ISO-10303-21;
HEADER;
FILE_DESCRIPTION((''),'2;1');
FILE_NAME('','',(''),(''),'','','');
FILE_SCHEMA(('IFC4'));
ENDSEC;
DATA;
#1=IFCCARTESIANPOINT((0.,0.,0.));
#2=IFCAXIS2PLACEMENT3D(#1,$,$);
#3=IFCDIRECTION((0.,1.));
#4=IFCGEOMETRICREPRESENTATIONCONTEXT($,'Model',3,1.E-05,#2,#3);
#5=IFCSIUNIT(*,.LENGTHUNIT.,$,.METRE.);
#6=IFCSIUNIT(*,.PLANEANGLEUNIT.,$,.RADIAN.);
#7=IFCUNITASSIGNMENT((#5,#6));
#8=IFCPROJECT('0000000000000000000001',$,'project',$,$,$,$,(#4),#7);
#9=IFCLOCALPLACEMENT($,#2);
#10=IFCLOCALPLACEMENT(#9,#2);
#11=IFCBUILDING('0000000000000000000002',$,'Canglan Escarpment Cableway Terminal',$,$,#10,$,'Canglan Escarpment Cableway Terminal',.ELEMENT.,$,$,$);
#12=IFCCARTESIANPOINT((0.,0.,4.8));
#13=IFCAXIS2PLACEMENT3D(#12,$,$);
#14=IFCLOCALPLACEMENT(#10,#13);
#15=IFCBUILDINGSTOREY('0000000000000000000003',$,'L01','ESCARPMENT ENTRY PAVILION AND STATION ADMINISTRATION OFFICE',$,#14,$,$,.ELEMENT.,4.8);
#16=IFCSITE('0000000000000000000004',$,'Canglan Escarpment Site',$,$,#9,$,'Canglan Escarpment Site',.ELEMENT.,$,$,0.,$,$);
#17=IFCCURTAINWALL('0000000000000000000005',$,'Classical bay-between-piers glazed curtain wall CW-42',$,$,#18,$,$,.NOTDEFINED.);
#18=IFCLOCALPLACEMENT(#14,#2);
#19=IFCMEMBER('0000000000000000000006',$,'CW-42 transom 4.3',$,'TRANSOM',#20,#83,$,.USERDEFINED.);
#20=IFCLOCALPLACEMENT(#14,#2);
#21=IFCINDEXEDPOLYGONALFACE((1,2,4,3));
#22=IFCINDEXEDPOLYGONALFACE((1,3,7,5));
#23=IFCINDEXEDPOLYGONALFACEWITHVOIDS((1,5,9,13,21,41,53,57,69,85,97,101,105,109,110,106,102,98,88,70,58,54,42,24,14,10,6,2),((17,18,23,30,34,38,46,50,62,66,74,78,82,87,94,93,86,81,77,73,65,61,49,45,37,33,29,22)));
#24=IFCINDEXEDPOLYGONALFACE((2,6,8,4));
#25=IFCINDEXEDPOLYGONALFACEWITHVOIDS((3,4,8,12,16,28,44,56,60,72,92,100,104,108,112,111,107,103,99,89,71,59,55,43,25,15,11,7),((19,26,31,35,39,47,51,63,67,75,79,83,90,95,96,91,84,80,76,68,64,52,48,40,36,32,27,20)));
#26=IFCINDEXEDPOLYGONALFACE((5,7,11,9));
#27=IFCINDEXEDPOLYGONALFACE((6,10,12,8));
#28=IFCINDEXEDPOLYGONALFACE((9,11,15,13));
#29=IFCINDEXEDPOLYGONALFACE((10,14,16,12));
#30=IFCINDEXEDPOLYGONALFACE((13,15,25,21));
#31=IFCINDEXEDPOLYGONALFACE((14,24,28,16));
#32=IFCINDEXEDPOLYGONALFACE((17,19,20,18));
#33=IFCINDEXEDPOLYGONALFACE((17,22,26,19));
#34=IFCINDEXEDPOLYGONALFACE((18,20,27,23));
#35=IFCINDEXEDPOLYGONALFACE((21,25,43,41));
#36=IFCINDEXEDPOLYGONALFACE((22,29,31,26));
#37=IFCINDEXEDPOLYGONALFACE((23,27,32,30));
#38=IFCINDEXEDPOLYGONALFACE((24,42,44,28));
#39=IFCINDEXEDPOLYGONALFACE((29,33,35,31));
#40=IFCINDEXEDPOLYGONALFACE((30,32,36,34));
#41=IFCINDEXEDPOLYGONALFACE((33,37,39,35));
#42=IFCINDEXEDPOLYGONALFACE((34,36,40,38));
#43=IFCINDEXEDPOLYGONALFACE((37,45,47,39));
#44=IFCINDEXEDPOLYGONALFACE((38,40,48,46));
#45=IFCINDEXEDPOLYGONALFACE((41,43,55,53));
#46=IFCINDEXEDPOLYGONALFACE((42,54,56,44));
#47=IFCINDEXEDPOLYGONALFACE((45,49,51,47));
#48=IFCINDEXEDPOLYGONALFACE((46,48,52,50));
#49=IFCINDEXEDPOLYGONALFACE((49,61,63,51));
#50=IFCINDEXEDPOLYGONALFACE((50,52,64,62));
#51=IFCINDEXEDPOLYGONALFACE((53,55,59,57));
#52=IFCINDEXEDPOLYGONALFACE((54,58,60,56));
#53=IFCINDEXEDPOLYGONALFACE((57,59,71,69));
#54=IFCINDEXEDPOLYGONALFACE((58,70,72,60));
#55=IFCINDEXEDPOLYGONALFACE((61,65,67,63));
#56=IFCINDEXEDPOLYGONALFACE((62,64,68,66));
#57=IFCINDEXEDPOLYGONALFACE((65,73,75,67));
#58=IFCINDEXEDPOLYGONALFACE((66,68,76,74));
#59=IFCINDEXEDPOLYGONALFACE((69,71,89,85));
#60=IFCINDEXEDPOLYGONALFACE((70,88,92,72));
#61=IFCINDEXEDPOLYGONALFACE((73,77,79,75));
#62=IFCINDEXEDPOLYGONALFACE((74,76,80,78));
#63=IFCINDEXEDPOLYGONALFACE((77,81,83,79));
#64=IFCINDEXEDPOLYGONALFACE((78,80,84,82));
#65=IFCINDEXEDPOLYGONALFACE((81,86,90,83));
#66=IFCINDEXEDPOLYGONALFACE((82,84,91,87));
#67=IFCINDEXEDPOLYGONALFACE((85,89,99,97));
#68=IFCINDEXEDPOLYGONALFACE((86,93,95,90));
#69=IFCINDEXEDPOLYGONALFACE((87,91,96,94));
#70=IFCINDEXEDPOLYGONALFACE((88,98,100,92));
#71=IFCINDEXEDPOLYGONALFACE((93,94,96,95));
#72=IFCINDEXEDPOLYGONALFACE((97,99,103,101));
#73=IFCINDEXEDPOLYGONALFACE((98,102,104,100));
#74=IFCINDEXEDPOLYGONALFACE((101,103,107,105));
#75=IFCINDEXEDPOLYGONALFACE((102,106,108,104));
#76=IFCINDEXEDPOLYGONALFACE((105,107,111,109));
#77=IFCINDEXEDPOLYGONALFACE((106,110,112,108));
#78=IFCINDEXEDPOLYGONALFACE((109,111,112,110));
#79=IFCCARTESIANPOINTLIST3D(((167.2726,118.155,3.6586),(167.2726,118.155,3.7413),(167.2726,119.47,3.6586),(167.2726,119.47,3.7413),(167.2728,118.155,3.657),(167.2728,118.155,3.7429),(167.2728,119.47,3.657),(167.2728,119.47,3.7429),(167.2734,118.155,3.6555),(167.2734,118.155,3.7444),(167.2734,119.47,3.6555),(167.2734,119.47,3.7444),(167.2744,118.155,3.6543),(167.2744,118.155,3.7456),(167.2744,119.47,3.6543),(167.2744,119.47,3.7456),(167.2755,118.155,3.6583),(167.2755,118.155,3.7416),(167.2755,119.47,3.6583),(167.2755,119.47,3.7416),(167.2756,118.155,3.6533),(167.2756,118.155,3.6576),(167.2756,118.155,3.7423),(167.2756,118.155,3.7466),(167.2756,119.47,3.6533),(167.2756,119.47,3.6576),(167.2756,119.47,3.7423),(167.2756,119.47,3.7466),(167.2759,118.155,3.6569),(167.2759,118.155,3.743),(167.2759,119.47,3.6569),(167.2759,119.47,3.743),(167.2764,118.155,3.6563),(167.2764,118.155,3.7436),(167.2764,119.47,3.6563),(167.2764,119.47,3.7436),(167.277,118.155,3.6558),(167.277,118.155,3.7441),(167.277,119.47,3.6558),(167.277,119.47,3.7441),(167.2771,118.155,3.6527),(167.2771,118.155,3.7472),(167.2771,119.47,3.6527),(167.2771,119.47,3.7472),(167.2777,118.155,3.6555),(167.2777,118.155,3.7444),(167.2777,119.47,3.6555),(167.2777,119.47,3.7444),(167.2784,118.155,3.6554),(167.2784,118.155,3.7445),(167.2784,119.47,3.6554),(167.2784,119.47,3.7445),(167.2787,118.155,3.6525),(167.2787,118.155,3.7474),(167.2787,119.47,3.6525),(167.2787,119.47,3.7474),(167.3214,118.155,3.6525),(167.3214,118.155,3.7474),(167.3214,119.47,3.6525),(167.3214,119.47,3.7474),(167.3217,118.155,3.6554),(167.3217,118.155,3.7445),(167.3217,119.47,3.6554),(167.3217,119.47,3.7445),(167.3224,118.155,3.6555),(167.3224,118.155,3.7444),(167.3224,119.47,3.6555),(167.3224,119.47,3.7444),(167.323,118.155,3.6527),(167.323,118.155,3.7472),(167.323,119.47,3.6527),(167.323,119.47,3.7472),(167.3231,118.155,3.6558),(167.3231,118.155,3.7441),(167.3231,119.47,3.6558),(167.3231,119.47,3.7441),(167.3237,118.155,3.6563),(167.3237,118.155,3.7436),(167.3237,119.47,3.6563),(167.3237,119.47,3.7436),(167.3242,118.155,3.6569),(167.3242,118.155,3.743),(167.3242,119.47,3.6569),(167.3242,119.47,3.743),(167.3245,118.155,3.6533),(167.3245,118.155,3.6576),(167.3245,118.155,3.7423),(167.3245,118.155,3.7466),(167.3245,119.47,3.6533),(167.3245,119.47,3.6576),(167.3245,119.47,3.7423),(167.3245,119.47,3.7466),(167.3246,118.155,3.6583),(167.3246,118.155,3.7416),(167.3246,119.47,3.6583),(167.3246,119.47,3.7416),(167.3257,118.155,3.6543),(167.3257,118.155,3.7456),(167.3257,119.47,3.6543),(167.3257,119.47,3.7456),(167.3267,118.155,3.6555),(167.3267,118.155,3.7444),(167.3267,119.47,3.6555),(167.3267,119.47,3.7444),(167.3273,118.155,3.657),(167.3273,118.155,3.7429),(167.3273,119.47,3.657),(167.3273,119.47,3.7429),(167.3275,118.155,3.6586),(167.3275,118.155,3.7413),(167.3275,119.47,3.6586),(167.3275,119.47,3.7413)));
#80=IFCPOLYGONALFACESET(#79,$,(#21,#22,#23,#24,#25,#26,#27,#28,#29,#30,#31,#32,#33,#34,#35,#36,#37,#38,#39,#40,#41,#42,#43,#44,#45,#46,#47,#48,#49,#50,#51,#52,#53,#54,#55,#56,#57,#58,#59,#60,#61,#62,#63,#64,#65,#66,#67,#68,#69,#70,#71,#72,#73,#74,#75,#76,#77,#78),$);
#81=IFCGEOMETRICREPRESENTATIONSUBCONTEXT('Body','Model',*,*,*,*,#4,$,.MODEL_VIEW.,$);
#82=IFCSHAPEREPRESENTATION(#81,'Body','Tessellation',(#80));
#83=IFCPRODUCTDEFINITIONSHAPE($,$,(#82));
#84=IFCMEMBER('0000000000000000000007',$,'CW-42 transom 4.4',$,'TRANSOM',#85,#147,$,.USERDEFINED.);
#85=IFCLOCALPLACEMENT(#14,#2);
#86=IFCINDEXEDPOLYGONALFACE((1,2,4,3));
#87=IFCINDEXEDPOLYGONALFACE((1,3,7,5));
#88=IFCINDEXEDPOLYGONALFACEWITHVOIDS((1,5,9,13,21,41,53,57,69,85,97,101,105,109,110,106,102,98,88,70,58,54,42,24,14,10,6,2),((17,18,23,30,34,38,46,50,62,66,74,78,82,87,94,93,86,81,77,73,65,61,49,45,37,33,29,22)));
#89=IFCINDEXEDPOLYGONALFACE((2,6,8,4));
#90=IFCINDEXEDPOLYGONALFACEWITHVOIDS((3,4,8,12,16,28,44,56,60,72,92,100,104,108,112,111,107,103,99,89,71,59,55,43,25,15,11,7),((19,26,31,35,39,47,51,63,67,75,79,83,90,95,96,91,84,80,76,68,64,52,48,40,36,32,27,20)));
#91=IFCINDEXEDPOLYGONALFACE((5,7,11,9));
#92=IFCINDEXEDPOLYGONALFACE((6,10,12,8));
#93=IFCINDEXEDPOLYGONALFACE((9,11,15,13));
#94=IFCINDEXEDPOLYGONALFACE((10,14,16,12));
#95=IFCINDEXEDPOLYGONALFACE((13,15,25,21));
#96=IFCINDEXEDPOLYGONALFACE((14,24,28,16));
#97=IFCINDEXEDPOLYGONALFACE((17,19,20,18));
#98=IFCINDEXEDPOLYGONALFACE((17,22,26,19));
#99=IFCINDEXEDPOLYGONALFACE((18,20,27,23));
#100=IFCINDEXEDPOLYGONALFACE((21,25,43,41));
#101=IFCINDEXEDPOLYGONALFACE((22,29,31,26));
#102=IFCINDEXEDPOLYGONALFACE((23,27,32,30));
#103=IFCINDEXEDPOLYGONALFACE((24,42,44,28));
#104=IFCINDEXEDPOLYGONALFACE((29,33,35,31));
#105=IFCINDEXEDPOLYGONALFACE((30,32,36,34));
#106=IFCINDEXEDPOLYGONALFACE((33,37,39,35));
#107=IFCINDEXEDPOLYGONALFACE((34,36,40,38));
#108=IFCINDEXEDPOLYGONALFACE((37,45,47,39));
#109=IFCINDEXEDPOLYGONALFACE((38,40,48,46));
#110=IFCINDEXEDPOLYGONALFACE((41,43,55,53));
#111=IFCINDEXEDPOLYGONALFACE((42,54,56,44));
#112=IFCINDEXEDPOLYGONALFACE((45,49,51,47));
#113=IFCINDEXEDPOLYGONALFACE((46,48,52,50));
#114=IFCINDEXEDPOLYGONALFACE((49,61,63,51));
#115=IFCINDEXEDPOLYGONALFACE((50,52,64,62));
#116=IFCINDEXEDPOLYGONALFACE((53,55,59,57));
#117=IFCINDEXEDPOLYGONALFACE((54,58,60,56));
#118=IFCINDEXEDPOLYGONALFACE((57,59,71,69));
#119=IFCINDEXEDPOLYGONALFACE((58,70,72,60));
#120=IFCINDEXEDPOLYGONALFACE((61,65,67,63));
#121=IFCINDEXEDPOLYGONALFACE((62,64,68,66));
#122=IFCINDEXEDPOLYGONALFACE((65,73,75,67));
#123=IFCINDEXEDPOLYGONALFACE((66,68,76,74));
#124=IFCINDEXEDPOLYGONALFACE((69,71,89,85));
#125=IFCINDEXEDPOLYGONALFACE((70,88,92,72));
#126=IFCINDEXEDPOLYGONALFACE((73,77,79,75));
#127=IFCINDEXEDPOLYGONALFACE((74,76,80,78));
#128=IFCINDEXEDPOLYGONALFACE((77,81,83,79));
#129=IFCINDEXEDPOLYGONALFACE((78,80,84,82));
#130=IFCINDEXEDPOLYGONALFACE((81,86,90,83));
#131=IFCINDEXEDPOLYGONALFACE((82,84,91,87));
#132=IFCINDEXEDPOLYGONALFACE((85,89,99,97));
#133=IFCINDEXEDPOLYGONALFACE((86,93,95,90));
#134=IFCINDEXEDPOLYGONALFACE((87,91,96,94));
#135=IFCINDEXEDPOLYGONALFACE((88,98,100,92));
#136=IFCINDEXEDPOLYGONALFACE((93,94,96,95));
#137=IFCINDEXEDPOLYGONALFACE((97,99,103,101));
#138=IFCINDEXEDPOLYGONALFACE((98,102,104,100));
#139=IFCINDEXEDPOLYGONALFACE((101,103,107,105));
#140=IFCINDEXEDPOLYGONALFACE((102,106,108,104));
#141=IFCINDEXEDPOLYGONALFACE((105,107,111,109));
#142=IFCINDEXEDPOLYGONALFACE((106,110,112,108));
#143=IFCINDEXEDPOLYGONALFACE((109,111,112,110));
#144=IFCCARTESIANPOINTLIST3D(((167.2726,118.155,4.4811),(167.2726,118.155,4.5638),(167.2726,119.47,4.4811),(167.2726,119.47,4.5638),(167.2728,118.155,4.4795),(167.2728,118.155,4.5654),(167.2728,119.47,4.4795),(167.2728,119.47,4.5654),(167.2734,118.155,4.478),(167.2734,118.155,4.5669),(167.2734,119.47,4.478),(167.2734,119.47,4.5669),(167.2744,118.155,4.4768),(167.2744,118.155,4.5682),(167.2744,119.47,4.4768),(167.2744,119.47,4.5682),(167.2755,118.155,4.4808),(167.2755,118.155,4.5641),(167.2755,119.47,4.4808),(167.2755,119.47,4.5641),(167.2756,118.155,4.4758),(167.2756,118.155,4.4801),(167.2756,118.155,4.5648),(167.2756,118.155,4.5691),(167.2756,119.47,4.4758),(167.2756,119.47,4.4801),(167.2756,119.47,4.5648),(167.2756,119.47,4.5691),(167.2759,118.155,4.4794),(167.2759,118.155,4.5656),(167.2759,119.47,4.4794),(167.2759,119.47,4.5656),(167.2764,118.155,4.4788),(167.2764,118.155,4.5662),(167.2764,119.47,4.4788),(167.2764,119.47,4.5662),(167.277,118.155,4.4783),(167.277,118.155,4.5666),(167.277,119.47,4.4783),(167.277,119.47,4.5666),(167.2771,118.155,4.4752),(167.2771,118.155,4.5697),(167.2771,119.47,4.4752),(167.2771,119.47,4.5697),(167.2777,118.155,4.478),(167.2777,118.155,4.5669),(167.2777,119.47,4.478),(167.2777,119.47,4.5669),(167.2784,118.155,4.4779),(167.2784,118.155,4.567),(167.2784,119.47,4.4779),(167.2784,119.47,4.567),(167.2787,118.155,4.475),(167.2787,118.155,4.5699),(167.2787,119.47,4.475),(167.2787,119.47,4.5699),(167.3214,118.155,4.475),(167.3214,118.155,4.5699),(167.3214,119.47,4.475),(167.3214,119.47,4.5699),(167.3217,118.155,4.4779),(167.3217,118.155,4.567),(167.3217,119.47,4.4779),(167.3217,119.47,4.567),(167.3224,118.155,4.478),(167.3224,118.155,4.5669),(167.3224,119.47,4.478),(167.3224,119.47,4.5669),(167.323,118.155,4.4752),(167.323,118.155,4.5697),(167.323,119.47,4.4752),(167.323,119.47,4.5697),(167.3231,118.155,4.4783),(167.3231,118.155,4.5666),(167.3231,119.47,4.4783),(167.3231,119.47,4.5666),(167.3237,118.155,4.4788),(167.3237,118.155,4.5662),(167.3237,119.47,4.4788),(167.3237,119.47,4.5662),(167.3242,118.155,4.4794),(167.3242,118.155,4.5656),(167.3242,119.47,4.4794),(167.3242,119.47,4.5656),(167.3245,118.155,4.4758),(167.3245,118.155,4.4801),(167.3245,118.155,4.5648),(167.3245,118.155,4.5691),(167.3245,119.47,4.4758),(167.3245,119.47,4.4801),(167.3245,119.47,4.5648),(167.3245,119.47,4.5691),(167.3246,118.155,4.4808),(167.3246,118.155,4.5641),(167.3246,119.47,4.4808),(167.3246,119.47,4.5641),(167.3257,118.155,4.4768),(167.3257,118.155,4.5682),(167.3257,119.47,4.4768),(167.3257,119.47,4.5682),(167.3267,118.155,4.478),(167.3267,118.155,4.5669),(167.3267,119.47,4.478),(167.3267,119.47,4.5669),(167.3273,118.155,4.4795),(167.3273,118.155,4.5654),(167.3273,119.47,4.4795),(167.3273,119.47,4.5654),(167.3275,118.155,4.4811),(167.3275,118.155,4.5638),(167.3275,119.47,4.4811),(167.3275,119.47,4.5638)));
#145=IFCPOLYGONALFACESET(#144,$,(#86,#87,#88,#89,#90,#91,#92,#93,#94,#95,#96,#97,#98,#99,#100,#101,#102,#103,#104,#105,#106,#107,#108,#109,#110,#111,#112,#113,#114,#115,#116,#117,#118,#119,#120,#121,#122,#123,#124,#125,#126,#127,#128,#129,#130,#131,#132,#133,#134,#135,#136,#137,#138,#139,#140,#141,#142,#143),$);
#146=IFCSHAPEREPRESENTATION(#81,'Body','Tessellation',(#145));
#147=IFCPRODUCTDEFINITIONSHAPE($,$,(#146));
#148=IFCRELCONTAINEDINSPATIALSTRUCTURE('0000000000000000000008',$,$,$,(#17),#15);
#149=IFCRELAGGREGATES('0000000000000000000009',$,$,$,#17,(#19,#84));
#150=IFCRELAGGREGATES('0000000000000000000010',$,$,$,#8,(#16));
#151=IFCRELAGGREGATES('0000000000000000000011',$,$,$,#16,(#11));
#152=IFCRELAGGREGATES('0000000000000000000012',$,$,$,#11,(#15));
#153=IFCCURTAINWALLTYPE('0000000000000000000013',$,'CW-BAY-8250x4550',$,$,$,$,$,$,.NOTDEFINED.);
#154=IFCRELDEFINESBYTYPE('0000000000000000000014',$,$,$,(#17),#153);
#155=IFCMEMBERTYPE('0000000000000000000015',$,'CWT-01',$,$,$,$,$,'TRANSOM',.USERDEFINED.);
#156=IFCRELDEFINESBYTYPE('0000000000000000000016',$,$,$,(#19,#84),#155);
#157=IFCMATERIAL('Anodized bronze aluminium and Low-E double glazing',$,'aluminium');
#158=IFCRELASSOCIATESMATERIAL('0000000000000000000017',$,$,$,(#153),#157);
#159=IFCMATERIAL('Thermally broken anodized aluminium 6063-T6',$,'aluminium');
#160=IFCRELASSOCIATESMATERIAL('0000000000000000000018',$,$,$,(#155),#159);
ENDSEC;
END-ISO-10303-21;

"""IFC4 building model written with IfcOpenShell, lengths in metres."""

from ifc_helpers import new_model, si_unit, direction, frame, origin, origin_2d, place, context, subcontext, project, spatial, hollow_rectangle, extrude, material, material_profile, profile_set, type_object, element, aggregate, save


model = new_model("IFC4")

# Units and contexts
model_context = context("Model", 3, precision=1e-05, world=origin(), true_north=direction((0.0, 1.0)))
body_context = subcontext(model_context, "Body", "Model", "MODEL_VIEW")
ifc_project = project(units=[si_unit("LENGTHUNIT", "METRE"), si_unit("PLANEANGLEUNIT", "RADIAN")], contexts=[model_context])

# Site, building, storey
site_placement = place(None, origin())
site = spatial("IfcSite", under=ifc_project, at=site_placement, Name="Canglan Escarpment Site", LongName="Canglan Escarpment Site", CompositionType="ELEMENT", RefElevation=0.0)
building_placement = place(site_placement, origin())
building = spatial("IfcBuilding", under=site, at=building_placement, Name="Canglan Escarpment Cableway Terminal", LongName="Canglan Escarpment Cableway Terminal", CompositionType="ELEMENT")
storey_placement = place(building_placement, frame((0.0, 0.0, 4.8)))
storey = spatial("IfcBuildingStorey", under=building, at=storey_placement, Name="L01", Description="ESCARPMENT ENTRY PAVILION AND STATION ADMINISTRATION OFFICE", CompositionType="ELEMENT", Elevation=4.8)

# Curtain wall, members
ifc_material_1 = material(Name="Anodized bronze aluminium and Low-E double glazing", Category="aluminium")
curtain_wall_type = type_object("IfcCurtainWallType", Name="CW-BAY-8250x4550", PredefinedType="NOTDEFINED", material=ifc_material_1)
curtain_wall_placement = place(storey_placement, origin())
curtain_wall = element("IfcCurtainWall", 1, at=curtain_wall_placement, inside=storey, type_object=curtain_wall_type, Name="Classical bay-between-piers glazed curtain wall CW-42", PredefinedType="NOTDEFINED")
ifc_material_2 = material(Name="Thermally broken anodized aluminium 6063-T6", Category="aluminium")
ifc_material_profile_1 = material_profile(ifc_material_2, hollow_rectangle(XDim=0.0549, YDim=0.095, WallThickness=0.0029, InnerFilletRadius=0.0029, OuterFilletRadius=0.0061, at=origin_2d()), Name="ALU-TRAN 55x95x3")
ifc_profile_set_1 = profile_set([ifc_material_profile_1], Name="Thermally broken anodized aluminium 6063-T6")
member_type_1 = type_object("IfcMemberType", Name="CWT-01", ElementType="TRANSOM", PredefinedType="USERDEFINED", material=ifc_profile_set_1)
member_1_placement = place(storey_placement, frame((167.3, 119.47, 3.7), z_axis=(0.0, -1.0, 0.0), x_axis=(1.0, 0.0, 0.0)))
member_1 = element("IfcMember", 2, at=member_1_placement, type_object=member_type_1, Name="CW-42 transom 4.3", ObjectType="TRANSOM", PredefinedType="USERDEFINED", context=body_context, shape_type="SweptSolid", body=[
    extrude(hollow_rectangle(XDim=0.0549, YDim=0.095, WallThickness=0.0029, InnerFilletRadius=0.0029, OuterFilletRadius=0.0061, at=origin_2d()), origin(), (0.0, 0.0, 1.0), 1.3149),
])
member_2_placement = place(storey_placement, frame((167.3, 119.47, 4.5225), z_axis=(0.0, -1.0, 0.0), x_axis=(1.0, 0.0, 0.0)))
member_2 = element("IfcMember", 3, at=member_2_placement, type_object=member_type_1, Name="CW-42 transom 4.4", ObjectType="TRANSOM", PredefinedType="USERDEFINED", context=body_context, shape_type="SweptSolid", body=[
    extrude(hollow_rectangle(XDim=0.0549, YDim=0.095, WallThickness=0.0029, InnerFilletRadius=0.0029, OuterFilletRadius=0.0061, at=origin_2d()), origin(), (0.0, 0.0, 1.0), 1.3149),
])
aggregate(curtain_wall, [member_1, member_2])

save(model, "model.ifc")
